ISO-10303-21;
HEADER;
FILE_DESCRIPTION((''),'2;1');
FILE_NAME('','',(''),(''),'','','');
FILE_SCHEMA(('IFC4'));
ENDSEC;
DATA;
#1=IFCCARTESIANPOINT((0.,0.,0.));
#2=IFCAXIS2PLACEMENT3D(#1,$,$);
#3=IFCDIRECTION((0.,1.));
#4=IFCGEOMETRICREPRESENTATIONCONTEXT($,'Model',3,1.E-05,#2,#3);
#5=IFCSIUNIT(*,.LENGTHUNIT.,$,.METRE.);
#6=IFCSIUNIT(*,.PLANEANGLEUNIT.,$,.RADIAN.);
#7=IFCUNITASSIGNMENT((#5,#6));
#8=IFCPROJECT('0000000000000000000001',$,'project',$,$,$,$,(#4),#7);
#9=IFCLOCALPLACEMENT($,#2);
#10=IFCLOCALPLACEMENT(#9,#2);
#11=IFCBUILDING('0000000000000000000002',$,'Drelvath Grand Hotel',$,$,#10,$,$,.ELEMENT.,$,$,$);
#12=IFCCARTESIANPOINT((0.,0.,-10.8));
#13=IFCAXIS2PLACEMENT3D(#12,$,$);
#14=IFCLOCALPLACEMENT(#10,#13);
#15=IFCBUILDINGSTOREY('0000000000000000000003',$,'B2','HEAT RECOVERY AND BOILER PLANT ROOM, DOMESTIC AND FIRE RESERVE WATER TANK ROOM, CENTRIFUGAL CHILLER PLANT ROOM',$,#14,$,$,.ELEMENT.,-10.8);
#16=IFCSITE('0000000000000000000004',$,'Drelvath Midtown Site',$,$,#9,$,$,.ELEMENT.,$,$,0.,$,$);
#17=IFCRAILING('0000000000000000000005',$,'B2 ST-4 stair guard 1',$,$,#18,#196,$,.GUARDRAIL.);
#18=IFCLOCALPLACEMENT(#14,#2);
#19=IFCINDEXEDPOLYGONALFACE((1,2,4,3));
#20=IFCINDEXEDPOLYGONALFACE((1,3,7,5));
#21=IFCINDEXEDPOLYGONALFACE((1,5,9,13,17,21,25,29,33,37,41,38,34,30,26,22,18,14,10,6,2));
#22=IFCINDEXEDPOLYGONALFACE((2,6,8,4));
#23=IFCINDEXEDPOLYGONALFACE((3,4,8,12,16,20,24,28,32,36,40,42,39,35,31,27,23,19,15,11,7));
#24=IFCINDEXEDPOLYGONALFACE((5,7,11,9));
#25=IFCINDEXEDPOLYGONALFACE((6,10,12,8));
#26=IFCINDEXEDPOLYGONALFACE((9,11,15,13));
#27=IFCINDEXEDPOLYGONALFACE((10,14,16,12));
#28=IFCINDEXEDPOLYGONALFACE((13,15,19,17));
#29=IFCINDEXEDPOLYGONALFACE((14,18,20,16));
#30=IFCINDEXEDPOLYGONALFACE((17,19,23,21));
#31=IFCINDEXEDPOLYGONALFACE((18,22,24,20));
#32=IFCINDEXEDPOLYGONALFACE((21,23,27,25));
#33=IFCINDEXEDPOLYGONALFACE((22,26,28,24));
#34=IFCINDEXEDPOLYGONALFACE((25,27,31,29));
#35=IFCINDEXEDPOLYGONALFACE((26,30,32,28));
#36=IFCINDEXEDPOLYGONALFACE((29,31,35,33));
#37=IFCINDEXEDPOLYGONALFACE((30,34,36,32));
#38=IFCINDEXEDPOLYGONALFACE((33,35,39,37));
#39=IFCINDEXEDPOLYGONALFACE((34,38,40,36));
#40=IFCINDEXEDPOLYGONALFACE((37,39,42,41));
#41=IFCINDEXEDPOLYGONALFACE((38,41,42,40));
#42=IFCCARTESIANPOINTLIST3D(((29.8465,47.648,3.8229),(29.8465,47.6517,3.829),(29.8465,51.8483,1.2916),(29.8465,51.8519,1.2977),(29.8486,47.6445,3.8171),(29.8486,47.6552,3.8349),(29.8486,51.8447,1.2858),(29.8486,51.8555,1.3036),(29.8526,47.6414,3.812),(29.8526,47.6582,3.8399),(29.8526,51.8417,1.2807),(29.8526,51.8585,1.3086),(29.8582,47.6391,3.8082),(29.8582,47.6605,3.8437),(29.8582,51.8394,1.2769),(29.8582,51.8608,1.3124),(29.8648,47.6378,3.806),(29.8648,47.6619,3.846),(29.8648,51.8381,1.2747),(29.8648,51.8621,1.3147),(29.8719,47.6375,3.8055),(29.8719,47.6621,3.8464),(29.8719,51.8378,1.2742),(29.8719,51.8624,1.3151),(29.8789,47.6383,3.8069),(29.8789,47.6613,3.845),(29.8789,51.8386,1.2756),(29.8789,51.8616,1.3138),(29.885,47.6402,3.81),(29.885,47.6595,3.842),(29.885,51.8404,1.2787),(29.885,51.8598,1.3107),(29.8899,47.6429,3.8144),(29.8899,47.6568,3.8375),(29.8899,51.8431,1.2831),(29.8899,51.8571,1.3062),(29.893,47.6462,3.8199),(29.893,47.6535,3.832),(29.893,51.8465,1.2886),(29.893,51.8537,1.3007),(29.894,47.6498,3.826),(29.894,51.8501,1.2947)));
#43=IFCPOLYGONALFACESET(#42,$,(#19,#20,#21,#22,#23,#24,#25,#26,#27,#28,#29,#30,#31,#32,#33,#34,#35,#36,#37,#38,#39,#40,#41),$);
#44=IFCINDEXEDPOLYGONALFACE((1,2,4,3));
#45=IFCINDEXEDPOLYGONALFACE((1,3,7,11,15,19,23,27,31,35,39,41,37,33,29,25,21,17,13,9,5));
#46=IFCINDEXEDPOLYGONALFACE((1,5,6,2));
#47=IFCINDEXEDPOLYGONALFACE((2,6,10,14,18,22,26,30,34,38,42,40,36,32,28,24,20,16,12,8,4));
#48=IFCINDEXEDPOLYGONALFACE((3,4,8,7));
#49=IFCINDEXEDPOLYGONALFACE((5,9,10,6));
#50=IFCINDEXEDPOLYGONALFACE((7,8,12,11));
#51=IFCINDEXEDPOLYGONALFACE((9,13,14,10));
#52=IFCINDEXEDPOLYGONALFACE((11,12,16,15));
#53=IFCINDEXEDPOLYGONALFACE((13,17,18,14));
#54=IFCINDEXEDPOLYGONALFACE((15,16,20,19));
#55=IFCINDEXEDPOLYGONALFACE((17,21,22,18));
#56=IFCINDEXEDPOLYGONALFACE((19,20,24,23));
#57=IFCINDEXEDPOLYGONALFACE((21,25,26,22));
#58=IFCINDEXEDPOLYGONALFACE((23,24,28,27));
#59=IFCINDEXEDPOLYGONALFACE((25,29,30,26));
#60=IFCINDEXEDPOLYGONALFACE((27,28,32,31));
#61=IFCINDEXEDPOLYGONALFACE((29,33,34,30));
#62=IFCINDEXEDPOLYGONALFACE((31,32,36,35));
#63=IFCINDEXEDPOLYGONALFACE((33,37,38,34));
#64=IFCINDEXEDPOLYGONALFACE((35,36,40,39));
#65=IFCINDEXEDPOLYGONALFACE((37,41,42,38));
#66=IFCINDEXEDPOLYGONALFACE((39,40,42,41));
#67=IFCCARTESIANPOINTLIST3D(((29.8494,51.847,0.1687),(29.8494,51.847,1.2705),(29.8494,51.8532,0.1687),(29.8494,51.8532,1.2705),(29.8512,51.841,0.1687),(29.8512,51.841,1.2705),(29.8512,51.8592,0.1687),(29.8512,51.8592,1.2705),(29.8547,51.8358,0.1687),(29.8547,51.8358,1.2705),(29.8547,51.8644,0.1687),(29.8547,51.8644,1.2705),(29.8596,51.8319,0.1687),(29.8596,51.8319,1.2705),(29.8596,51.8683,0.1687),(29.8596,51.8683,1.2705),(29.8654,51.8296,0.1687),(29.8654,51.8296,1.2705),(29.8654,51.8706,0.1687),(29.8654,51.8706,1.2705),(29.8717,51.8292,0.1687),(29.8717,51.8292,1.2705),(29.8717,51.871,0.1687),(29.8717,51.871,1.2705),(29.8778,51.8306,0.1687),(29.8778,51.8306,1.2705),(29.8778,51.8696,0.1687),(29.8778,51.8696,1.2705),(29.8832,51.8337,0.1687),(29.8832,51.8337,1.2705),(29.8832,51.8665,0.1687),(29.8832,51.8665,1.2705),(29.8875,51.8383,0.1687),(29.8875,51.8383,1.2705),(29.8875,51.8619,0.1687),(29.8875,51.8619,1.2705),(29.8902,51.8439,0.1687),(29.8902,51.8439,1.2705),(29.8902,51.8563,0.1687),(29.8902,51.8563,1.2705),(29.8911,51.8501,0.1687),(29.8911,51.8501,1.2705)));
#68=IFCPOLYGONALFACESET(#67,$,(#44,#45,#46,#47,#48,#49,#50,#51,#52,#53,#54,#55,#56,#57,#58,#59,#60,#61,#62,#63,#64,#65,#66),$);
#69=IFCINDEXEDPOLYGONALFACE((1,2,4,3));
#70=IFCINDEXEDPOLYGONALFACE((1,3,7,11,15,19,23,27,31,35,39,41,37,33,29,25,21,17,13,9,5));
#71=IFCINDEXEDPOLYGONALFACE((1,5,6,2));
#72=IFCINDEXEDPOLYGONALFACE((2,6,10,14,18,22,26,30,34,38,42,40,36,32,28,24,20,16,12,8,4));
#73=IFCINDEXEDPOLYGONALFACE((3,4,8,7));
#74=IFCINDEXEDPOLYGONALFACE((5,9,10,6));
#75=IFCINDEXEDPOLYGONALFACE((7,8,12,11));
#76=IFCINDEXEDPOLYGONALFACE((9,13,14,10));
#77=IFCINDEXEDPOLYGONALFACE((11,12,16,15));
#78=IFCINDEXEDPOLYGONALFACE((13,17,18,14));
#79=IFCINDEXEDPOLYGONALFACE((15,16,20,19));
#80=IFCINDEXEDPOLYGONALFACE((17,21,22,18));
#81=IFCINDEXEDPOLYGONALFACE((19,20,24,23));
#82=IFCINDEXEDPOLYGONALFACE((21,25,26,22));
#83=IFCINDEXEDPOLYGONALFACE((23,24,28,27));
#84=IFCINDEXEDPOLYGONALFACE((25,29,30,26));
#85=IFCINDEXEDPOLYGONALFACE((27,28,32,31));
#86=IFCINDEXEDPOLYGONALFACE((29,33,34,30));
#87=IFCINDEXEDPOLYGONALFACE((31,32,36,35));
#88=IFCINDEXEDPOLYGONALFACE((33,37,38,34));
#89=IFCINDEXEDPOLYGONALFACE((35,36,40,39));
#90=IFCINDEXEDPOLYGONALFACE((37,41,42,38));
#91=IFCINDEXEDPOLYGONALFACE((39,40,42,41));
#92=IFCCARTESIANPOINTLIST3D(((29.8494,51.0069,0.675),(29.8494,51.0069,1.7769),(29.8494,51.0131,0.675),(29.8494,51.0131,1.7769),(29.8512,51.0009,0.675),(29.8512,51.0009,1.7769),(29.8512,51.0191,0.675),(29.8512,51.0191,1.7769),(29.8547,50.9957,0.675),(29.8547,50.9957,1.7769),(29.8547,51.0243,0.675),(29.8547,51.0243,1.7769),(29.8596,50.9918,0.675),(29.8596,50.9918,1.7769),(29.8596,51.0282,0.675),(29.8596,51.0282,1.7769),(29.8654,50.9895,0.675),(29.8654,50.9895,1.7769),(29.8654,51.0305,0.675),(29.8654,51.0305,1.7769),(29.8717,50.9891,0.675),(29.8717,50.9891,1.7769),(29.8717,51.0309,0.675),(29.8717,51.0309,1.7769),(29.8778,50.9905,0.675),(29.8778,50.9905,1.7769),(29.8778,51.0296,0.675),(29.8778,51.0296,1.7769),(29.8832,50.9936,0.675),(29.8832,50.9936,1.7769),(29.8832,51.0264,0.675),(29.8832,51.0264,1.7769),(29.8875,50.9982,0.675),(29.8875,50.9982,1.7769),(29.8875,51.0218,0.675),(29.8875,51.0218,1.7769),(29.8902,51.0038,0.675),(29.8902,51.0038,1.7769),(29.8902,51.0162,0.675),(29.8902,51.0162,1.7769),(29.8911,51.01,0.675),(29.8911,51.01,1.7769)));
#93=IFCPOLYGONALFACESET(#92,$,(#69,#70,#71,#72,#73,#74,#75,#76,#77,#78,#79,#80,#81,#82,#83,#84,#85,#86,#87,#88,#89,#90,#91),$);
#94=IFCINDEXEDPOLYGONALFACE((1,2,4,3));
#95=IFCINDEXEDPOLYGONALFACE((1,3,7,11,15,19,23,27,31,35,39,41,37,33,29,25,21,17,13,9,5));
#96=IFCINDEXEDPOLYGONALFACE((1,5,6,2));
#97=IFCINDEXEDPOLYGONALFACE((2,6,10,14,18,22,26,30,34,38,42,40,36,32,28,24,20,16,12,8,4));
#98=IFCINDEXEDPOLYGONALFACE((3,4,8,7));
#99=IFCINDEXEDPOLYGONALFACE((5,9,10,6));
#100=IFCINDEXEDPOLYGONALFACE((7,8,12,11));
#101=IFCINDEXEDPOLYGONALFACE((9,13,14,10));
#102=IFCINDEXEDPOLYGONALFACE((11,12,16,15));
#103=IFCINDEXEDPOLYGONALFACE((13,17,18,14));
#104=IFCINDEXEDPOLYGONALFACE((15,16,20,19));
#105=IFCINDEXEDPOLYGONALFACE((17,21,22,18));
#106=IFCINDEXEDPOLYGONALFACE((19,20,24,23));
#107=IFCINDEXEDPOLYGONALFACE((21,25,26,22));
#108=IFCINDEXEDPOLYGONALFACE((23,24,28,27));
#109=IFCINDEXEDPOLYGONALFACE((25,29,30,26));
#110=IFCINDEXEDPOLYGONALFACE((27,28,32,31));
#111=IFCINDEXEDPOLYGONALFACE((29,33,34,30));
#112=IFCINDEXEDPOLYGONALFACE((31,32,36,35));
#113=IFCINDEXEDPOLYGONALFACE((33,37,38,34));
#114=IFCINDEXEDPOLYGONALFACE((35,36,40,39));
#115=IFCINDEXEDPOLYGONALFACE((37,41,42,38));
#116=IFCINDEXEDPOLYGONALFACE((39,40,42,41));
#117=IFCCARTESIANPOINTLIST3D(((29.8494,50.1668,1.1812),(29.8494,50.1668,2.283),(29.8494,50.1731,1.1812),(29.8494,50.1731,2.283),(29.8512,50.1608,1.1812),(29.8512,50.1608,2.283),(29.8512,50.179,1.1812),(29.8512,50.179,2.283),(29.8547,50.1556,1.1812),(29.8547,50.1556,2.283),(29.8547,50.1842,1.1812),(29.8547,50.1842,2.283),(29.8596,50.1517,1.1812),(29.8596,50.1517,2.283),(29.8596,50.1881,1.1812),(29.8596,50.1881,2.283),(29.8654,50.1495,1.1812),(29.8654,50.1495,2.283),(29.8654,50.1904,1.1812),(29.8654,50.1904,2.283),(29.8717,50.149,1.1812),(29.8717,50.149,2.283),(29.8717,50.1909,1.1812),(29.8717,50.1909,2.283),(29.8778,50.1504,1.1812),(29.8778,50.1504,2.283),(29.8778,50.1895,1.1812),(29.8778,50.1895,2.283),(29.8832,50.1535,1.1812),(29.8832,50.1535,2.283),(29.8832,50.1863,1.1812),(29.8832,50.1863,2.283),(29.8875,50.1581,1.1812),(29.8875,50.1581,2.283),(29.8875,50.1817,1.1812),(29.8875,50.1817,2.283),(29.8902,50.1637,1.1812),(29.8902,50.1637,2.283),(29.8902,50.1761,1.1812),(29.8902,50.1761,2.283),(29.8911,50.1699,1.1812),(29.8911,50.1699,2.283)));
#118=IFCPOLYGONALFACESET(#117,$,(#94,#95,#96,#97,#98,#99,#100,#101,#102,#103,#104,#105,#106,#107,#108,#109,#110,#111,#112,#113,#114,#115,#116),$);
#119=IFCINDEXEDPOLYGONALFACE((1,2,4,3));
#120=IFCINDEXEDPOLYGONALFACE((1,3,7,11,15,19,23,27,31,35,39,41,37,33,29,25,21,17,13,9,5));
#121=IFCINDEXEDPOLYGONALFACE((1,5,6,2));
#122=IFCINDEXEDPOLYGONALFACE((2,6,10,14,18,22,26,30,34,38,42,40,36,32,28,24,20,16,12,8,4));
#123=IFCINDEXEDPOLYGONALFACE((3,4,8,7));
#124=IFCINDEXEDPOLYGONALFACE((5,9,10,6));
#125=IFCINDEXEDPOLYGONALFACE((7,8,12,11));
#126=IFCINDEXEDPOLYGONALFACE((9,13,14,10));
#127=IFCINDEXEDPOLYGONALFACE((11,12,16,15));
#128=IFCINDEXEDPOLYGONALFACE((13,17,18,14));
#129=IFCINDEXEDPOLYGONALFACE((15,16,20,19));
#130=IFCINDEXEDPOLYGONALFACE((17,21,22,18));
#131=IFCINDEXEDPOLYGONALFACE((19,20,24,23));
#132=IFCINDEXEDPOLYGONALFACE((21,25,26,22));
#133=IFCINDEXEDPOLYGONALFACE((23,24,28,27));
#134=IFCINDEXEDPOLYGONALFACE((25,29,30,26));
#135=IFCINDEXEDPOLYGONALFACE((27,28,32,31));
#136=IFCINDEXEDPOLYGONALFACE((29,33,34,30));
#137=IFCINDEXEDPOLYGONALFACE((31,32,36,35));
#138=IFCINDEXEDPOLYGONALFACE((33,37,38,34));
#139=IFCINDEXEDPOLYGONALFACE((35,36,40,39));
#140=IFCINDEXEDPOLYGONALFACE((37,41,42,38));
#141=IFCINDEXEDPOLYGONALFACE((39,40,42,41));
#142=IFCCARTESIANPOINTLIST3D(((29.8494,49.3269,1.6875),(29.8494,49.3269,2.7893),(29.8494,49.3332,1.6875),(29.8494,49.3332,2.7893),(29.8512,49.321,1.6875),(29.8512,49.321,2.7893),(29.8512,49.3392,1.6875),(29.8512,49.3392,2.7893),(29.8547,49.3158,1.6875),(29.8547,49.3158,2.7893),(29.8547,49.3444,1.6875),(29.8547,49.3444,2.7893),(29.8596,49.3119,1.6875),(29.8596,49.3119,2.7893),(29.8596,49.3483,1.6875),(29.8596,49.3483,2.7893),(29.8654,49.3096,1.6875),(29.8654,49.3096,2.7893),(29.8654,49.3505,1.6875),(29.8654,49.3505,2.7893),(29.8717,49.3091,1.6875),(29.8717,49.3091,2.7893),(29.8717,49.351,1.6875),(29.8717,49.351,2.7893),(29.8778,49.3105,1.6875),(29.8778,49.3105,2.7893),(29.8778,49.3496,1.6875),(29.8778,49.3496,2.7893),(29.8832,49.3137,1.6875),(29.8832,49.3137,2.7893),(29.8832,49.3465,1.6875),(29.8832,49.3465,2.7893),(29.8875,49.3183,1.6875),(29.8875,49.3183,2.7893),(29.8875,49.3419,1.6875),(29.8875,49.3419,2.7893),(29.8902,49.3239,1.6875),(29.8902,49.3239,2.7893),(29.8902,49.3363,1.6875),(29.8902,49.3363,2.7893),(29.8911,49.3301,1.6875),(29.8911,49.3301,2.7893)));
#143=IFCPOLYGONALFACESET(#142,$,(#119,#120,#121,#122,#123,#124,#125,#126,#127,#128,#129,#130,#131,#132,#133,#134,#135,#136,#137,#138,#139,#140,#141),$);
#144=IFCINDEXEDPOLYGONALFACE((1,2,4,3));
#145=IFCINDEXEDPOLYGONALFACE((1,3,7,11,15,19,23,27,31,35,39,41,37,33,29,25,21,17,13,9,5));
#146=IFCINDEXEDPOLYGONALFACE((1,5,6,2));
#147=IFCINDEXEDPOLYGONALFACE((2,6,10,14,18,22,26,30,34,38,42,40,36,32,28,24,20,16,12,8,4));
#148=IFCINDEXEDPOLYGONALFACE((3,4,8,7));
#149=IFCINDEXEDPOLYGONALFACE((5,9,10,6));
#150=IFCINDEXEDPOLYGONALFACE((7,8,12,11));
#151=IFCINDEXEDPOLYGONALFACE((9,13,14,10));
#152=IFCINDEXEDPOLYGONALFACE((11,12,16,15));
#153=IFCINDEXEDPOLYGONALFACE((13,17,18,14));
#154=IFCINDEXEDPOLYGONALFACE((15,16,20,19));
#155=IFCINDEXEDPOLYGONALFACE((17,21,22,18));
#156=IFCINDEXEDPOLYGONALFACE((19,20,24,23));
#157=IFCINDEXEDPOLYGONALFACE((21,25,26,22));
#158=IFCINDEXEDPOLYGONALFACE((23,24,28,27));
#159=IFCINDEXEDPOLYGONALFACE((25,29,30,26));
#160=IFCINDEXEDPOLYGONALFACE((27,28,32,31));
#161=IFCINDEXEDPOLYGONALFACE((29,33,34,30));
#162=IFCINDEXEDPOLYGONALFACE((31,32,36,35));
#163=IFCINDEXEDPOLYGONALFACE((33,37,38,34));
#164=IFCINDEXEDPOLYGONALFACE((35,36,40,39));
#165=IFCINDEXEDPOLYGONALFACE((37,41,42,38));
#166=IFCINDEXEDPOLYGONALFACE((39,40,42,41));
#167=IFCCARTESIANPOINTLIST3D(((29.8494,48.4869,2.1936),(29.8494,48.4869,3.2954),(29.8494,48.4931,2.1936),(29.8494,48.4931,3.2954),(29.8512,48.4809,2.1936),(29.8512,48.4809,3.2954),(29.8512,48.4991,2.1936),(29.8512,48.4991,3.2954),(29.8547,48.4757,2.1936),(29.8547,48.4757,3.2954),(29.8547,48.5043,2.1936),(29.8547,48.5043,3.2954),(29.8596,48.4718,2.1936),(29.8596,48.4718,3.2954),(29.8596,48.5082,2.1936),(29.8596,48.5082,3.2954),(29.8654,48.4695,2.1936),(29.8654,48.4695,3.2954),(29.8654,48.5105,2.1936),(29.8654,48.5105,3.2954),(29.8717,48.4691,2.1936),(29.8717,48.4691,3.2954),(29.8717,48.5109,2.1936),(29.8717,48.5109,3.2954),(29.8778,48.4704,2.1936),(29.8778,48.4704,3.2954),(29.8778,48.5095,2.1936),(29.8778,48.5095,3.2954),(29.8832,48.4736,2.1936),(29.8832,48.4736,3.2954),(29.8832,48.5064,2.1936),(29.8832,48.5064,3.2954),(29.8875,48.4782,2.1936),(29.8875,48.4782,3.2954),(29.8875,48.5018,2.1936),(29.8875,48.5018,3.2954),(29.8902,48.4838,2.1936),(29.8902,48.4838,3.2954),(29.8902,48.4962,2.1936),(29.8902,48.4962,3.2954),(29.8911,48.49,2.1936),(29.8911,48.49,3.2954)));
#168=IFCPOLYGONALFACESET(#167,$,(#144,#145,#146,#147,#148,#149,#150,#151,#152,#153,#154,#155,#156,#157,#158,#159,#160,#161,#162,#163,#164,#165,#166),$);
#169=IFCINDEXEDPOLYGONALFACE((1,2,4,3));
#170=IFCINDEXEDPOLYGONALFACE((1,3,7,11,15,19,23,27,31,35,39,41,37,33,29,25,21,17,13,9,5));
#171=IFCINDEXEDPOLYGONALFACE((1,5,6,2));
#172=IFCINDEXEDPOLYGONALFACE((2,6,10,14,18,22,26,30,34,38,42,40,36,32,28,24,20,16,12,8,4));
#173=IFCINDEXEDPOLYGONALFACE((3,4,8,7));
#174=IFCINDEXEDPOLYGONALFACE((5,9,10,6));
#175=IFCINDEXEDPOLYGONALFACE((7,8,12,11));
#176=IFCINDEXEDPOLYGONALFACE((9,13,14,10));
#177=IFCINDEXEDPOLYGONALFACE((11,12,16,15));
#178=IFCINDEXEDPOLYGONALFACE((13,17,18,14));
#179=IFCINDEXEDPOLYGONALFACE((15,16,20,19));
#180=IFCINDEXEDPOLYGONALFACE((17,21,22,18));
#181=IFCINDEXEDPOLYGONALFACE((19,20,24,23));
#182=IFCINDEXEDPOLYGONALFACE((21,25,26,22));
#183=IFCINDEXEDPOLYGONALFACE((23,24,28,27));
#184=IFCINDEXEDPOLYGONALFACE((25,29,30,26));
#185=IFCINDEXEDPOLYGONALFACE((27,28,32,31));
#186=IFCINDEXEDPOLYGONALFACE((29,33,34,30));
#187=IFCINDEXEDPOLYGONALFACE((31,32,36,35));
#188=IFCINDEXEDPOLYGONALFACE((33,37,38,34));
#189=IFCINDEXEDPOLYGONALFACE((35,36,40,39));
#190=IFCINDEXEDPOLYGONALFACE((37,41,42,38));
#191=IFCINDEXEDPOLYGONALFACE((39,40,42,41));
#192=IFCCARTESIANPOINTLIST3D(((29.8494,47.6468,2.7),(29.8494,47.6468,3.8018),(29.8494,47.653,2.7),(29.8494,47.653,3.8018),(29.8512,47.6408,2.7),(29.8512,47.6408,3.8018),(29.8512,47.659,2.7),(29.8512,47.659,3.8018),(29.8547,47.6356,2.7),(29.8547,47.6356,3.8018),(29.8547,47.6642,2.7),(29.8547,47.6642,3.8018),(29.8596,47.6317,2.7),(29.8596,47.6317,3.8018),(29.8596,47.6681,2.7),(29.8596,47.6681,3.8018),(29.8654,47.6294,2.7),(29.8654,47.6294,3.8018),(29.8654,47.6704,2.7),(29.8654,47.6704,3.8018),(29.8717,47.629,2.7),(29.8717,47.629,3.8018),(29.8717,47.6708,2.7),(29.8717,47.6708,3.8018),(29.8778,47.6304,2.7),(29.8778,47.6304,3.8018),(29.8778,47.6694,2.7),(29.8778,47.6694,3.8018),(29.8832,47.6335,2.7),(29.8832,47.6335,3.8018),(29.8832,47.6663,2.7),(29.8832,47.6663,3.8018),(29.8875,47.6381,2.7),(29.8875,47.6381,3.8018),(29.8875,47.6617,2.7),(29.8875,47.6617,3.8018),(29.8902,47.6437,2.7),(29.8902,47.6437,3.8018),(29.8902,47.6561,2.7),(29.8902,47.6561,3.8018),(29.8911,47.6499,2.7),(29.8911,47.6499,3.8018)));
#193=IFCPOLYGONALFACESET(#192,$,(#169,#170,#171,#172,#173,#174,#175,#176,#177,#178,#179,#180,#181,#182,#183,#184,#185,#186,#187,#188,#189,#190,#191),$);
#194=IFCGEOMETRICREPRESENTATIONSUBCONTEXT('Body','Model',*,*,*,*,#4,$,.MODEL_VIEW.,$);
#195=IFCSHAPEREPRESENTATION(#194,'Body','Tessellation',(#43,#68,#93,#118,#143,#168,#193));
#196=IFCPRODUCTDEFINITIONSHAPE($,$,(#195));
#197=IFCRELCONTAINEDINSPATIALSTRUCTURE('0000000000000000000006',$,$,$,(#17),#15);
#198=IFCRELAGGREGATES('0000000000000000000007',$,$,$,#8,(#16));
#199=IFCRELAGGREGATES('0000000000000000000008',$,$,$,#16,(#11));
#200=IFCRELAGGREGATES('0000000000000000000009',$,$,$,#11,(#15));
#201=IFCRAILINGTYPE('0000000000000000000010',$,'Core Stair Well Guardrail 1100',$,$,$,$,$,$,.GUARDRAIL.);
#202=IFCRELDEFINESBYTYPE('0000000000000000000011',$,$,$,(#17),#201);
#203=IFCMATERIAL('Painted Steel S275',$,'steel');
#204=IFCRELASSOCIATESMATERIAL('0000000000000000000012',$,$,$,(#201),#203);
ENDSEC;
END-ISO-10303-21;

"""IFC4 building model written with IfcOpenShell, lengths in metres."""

from ifc_helpers import new_model, si_unit, direction, frame, origin, origin_2d, place, context, subcontext, project, spatial, circle, extrude, material, type_object, element, save


model = new_model("IFC4")

# Units and contexts
model_context = context("Model", 3, precision=1e-05, world=origin(), true_north=direction((0.0, 1.0)))
body_context = subcontext(model_context, "Body", "Model", "MODEL_VIEW")
ifc_project = project(units=[si_unit("LENGTHUNIT", "METRE"), si_unit("PLANEANGLEUNIT", "RADIAN")], contexts=[model_context])

# Site, building, storey
site_placement = place(None, origin())
site = spatial("IfcSite", under=ifc_project, at=site_placement, Name="Drelvath Midtown Site", CompositionType="ELEMENT", RefElevation=0.0)
building_placement = place(site_placement, origin())
building = spatial("IfcBuilding", under=site, at=building_placement, Name="Drelvath Grand Hotel", CompositionType="ELEMENT")
storey_placement = place(building_placement, frame((0.0, 0.0, -10.8)))
storey = spatial("IfcBuildingStorey", under=building, at=storey_placement, Name="B2", Description="HEAT RECOVERY AND BOILER PLANT ROOM, DOMESTIC AND FIRE RESERVE WATER TANK ROOM, CENTRIFUGAL CHILLER PLANT ROOM", CompositionType="ELEMENT", Elevation=-10.8)

# Railing
ifc_material_1 = material(Name="Painted Steel S275", Category="steel")
railing_type_1 = type_object("IfcRailingType", Name="Core Stair Well Guardrail 1100", PredefinedType="GUARDRAIL", material=ifc_material_1)
railing_1_placement = place(storey_placement, frame((29.8701, 51.8501, 0.1687)))
element("IfcRailing", 1, at=railing_1_placement, inside=storey, type_object=railing_type_1, Name="B2 ST-4 stair guard 1", PredefinedType="GUARDRAIL", context=body_context, shape_type="SweptSolid", body=[
    extrude(circle(Radius=0.0239, at=origin_2d()), frame((0.0, 0.0, 1.126), z_axis=(0.0, -0.85649, 0.516164), x_axis=(1.0, 0.0, 0.0)), (0.0, 0.0, 1.0), 4.9041),
    extrude(circle(Radius=0.021, at=origin_2d()), origin(), (0.0, 0.0, 1.0), 1.1018),
    extrude(circle(Radius=0.021, at=origin_2d()), frame((0.0, -0.8401, 0.5063)), (0.0, 0.0, 1.0), 1.1018),
    extrude(circle(Radius=0.021, at=origin_2d()), frame((0.0, -1.6802, 1.0125)), (0.0, 0.0, 1.0), 1.1018),
    extrude(circle(Radius=0.021, at=origin_2d()), frame((0.0, -2.52, 1.5188)), (0.0, 0.0, 1.0), 1.1018),
    extrude(circle(Radius=0.021, at=origin_2d()), frame((0.0, -3.3601, 2.0249)), (0.0, 0.0, 1.0), 1.1018),
    extrude(circle(Radius=0.021, at=origin_2d()), frame((0.0, -4.2002, 2.5312)), (0.0, 0.0, 1.0), 1.1018),
])

save(model, "model.ifc")
